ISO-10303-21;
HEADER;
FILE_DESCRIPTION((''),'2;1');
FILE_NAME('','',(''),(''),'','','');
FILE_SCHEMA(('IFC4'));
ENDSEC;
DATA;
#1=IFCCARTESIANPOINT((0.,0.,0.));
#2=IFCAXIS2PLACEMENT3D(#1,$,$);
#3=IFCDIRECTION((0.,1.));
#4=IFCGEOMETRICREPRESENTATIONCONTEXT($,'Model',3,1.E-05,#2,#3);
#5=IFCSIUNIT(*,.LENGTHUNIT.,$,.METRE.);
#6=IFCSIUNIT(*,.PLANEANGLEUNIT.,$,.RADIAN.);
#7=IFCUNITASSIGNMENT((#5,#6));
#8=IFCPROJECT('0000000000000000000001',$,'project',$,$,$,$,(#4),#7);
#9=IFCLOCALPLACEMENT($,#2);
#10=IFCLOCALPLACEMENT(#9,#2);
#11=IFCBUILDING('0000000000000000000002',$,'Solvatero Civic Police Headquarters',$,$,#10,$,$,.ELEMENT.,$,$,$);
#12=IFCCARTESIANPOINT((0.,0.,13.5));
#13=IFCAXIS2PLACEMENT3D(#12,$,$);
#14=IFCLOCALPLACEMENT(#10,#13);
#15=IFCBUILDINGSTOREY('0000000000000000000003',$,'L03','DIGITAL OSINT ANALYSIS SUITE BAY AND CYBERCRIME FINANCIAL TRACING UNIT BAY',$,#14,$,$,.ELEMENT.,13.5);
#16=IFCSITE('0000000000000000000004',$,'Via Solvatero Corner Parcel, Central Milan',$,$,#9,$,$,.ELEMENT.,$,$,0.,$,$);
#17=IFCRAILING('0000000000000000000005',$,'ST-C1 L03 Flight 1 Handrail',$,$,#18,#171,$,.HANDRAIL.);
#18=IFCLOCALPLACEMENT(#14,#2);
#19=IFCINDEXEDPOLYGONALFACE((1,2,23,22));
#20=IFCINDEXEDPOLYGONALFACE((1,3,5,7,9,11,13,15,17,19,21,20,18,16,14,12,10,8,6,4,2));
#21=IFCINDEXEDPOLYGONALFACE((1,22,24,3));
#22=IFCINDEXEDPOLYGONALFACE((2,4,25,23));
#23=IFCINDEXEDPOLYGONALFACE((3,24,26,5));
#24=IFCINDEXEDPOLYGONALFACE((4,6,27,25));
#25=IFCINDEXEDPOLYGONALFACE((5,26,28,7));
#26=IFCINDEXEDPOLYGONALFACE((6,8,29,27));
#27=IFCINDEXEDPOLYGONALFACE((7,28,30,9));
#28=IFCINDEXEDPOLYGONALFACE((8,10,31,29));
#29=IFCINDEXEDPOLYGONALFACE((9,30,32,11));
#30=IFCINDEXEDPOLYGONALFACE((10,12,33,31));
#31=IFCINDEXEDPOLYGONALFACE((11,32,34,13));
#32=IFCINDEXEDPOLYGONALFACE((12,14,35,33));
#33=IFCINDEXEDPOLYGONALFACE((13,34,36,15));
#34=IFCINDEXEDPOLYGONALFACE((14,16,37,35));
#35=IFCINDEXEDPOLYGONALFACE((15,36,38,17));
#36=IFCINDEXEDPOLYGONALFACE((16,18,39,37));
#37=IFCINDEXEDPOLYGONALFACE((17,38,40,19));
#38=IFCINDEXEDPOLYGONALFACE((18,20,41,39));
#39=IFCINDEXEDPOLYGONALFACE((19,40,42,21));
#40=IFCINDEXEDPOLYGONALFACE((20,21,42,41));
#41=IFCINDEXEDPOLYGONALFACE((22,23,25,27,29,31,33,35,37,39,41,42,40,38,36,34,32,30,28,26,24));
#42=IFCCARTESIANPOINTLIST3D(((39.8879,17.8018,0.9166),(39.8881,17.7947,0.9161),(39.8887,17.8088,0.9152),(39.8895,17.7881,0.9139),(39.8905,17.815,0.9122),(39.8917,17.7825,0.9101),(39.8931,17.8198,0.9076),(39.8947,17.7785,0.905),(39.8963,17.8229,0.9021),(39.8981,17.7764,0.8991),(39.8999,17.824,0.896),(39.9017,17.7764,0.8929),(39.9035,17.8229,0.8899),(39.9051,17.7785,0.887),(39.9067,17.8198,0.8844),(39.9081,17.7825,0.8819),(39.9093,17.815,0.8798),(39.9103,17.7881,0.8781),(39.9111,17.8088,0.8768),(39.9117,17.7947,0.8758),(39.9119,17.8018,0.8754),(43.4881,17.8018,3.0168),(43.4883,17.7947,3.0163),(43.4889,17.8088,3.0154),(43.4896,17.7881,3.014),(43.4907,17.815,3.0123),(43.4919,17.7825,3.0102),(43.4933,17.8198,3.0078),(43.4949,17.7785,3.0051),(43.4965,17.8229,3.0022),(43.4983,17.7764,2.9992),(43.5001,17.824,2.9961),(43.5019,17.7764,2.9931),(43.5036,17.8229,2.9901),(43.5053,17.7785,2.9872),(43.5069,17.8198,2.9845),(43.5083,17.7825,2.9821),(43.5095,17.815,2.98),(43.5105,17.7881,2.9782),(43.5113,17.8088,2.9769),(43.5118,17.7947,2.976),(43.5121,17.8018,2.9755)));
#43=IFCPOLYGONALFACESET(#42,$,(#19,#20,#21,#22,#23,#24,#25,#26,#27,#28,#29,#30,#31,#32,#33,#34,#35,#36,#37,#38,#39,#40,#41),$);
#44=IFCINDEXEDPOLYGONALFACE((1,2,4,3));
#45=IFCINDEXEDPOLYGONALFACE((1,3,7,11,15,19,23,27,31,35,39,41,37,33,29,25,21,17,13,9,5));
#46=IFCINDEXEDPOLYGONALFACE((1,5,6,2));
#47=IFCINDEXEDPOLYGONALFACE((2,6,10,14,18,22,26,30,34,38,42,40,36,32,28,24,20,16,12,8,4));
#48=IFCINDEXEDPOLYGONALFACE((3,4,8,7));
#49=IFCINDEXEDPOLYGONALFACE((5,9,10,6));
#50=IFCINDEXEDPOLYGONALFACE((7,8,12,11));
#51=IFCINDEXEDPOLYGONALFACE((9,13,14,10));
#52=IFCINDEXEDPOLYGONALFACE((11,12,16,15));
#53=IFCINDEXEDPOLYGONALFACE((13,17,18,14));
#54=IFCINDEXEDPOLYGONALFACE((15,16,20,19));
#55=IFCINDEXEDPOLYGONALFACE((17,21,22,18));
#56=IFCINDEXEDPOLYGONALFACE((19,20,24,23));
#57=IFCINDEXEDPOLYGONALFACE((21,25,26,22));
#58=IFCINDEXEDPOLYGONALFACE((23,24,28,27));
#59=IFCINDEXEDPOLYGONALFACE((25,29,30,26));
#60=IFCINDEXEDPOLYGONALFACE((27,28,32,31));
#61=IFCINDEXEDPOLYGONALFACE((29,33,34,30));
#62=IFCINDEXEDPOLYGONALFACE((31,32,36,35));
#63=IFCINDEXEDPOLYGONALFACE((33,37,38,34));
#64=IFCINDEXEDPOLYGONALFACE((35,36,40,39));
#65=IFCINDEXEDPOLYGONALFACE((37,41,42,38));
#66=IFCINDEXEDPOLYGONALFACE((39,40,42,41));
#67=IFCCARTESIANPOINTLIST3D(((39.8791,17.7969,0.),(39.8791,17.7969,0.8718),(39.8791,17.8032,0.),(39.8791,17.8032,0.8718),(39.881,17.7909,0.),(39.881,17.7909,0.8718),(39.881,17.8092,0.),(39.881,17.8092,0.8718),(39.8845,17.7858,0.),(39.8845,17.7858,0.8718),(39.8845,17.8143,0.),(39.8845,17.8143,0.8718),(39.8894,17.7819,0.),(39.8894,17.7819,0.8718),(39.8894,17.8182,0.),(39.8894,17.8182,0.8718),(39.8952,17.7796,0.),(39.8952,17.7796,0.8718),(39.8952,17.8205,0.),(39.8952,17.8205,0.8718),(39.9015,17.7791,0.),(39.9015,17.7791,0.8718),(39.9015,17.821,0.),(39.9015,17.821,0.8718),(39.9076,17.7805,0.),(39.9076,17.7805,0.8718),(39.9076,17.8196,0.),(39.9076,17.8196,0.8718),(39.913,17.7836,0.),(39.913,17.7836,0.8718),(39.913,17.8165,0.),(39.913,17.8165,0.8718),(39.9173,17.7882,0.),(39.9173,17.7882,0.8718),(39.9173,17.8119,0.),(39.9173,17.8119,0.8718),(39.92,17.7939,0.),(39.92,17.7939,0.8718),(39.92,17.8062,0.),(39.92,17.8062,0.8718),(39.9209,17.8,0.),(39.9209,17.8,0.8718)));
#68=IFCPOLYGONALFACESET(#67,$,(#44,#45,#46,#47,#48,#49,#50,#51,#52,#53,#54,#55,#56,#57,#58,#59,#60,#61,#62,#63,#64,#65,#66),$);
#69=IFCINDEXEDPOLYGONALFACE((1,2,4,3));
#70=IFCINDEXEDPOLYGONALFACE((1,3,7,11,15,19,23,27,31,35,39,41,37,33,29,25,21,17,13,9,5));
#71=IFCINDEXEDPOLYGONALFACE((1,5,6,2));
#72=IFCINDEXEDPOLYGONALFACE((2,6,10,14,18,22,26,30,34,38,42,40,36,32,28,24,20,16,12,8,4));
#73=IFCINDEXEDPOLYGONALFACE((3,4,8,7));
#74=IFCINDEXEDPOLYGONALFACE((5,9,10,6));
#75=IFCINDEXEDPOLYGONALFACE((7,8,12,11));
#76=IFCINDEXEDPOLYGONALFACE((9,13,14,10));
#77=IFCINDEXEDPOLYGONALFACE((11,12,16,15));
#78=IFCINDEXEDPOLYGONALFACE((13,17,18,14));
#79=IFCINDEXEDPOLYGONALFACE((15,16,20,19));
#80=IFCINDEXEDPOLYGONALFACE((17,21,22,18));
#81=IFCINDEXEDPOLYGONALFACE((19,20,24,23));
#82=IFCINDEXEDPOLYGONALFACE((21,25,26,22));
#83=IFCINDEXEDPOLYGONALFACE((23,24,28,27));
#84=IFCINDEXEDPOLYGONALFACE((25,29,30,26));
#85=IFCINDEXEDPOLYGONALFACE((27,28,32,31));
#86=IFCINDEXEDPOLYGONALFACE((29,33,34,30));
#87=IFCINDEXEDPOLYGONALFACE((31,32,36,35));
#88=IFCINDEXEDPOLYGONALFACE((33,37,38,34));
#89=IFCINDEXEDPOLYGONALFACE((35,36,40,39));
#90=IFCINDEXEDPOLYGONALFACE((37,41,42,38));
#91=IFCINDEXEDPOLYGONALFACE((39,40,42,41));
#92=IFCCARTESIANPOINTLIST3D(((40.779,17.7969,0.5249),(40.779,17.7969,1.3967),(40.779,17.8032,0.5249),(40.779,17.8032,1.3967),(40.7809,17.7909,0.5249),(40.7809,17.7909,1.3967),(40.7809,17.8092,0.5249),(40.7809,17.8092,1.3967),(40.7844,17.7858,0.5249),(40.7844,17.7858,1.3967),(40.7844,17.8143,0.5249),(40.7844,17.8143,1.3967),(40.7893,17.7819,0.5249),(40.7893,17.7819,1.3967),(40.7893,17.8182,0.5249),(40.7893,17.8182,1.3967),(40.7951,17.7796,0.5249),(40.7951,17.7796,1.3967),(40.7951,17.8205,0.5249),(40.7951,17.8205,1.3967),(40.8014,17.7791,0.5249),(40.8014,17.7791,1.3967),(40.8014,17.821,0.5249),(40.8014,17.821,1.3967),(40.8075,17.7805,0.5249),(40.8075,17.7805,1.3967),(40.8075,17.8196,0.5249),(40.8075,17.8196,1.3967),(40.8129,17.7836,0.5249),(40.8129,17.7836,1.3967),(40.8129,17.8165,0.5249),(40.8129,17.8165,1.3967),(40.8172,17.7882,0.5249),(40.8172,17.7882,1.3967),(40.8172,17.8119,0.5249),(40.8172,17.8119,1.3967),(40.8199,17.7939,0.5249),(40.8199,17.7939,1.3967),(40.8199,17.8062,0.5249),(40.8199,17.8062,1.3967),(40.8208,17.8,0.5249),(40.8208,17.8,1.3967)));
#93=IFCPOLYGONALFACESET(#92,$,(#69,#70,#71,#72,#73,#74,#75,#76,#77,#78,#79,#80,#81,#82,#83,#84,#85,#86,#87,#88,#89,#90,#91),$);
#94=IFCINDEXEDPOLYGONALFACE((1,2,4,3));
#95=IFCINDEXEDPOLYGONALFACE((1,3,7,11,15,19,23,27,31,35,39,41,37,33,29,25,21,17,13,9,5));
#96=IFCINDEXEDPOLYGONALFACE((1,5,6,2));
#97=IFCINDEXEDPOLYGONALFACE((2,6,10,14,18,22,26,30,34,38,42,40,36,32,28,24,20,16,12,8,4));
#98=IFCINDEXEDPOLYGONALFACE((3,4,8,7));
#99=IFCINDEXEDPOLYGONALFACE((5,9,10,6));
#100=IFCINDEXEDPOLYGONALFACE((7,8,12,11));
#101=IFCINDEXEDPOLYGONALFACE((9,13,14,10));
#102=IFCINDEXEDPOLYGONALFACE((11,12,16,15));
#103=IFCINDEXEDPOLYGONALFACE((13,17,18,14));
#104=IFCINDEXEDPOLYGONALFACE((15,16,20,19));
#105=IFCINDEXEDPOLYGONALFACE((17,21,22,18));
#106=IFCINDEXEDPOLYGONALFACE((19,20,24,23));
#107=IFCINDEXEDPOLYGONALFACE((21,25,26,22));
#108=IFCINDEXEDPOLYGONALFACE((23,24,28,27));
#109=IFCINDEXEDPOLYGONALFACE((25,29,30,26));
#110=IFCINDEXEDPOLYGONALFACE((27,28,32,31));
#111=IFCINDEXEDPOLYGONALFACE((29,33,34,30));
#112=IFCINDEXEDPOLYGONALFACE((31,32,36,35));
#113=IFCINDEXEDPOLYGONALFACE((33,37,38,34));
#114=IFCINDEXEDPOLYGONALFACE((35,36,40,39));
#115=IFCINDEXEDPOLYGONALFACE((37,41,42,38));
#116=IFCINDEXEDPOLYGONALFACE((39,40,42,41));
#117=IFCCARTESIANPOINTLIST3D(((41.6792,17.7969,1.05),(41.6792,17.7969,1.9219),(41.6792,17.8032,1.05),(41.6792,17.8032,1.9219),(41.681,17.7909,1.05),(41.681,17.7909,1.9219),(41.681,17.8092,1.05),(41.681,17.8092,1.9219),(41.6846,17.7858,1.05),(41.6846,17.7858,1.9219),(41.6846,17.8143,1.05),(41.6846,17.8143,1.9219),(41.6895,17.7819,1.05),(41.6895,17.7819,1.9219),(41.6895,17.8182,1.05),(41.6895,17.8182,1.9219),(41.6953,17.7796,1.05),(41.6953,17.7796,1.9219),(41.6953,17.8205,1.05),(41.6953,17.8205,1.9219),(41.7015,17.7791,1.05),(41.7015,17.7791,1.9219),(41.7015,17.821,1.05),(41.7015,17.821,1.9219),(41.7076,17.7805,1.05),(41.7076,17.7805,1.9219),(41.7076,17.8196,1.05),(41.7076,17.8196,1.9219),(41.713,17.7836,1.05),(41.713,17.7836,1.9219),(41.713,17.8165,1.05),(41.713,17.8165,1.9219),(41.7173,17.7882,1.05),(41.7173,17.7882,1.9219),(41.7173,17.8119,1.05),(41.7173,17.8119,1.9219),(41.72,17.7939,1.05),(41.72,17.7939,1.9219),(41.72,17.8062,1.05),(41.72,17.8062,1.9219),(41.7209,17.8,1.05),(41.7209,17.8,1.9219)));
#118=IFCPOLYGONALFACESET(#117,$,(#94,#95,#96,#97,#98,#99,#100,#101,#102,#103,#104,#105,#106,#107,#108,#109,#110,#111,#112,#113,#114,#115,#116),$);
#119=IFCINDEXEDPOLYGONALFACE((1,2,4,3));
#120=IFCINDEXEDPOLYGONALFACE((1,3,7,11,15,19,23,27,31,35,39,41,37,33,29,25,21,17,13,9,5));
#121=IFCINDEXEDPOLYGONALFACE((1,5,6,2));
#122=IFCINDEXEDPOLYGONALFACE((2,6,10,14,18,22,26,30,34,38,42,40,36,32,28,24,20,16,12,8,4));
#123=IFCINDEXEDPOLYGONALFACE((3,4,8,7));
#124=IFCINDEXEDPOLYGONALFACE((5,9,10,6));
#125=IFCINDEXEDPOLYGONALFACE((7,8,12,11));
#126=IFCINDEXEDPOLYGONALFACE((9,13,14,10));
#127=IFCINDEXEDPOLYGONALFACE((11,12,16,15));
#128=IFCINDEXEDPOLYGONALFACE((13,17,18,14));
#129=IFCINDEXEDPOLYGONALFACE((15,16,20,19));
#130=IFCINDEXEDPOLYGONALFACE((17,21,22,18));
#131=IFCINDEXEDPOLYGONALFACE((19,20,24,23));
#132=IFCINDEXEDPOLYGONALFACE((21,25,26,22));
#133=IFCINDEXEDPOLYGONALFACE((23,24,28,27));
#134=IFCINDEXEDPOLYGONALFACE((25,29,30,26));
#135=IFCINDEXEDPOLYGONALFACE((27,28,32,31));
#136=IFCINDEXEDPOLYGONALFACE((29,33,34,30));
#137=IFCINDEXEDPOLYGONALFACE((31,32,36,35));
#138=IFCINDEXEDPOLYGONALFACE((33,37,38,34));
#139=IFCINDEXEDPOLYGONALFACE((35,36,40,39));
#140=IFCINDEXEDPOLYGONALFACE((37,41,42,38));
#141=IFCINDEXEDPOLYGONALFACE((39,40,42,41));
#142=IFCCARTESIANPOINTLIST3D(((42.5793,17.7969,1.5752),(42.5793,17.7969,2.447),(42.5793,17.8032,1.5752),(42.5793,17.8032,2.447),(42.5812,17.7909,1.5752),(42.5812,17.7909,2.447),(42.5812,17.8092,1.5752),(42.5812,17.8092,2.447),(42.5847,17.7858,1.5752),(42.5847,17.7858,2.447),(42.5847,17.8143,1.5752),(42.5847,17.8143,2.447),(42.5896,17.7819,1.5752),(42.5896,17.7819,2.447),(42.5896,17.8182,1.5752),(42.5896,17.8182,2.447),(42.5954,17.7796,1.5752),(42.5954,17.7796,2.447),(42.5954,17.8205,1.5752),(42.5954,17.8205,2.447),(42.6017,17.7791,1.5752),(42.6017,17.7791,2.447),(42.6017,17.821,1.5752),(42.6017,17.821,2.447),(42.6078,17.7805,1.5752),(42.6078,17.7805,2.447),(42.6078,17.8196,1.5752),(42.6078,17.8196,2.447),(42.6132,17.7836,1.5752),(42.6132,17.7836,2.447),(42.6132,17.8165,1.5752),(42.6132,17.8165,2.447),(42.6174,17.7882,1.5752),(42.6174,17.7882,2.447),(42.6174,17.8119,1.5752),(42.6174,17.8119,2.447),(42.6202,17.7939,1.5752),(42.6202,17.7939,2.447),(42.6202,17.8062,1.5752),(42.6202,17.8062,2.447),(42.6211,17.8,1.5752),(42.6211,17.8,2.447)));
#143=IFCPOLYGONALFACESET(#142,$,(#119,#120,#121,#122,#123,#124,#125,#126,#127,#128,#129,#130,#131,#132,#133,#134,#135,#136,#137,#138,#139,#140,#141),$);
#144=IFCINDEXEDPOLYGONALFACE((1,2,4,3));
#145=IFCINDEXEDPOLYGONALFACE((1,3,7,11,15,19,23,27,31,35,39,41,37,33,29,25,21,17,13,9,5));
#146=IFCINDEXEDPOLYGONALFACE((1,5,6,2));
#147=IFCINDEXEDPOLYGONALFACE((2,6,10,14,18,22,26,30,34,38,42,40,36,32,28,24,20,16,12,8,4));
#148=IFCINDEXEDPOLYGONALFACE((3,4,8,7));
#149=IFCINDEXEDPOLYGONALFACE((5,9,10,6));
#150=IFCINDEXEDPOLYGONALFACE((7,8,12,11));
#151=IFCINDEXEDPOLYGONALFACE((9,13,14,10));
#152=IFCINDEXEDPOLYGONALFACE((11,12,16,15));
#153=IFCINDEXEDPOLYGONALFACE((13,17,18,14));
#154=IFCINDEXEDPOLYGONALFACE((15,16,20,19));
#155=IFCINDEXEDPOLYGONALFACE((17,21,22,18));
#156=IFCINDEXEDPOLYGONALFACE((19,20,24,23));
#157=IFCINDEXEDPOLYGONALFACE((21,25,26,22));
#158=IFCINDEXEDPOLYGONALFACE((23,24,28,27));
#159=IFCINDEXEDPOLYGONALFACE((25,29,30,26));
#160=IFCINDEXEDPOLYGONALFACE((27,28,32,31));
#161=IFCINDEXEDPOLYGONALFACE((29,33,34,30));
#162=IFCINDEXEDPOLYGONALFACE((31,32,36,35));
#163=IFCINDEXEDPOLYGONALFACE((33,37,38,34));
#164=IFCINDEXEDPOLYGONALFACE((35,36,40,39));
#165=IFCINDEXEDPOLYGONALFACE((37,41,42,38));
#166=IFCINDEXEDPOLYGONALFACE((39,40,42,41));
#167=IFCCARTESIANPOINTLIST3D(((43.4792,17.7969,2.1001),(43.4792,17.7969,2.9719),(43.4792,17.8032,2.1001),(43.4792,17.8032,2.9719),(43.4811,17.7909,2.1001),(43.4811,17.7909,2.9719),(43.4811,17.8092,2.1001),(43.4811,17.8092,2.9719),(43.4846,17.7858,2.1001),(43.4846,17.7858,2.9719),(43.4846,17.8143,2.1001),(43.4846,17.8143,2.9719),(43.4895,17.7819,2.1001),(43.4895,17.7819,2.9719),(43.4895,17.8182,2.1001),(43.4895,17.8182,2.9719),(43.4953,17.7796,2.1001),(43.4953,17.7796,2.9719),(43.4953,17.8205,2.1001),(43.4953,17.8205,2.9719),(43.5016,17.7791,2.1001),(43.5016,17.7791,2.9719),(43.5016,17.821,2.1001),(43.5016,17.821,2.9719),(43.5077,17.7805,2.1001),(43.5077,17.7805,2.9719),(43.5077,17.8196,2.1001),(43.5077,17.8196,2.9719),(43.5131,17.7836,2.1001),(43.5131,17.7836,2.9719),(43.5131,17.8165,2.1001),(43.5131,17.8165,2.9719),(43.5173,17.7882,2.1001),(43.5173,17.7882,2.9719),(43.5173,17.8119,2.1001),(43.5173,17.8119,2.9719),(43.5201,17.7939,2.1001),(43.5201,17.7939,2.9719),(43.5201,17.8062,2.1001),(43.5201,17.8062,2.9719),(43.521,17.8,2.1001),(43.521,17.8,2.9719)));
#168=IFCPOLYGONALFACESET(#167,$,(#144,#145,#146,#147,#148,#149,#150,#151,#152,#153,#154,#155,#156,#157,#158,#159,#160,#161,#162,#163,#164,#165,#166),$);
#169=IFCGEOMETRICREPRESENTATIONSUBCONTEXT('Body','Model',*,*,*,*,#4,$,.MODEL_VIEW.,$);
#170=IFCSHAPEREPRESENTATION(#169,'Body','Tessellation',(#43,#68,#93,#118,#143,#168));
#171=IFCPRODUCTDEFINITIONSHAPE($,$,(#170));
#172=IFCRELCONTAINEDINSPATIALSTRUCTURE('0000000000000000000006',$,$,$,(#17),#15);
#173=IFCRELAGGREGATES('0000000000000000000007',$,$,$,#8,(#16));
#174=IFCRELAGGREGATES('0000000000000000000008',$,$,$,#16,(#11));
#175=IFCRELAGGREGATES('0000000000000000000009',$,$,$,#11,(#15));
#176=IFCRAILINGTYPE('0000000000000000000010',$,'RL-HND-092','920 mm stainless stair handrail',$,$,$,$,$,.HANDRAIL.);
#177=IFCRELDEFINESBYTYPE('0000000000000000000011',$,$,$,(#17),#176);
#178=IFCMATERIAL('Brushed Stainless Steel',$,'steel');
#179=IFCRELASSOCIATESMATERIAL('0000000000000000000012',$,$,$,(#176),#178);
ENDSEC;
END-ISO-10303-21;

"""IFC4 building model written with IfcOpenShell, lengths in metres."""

from ifc_helpers import new_model, si_unit, direction, frame, origin, origin_2d, place, context, subcontext, project, spatial, circle, extrude, material, type_object, element, save


model = new_model("IFC4")

# Units and contexts
model_context = context("Model", 3, precision=1e-05, world=origin(), true_north=direction((0.0, 1.0)))
body_context = subcontext(model_context, "Body", "Model", "MODEL_VIEW")
ifc_project = project(units=[si_unit("LENGTHUNIT", "METRE"), si_unit("PLANEANGLEUNIT", "RADIAN")], contexts=[model_context])

# Site, building, storey
site_placement = place(None, origin())
site = spatial("IfcSite", under=ifc_project, at=site_placement, Name="Via Solvatero Corner Parcel, Central Milan", CompositionType="ELEMENT", RefElevation=0.0)
building_placement = place(site_placement, origin())
building = spatial("IfcBuilding", under=site, at=building_placement, Name="Solvatero Civic Police Headquarters", CompositionType="ELEMENT")
storey_placement = place(building_placement, frame((0.0, 0.0, 13.5)))
storey = spatial("IfcBuildingStorey", under=building, at=storey_placement, Name="L03", Description="DIGITAL OSINT ANALYSIS SUITE BAY AND CYBERCRIME FINANCIAL TRACING UNIT BAY", CompositionType="ELEMENT", Elevation=13.5)

# Railing
ifc_material_1 = material(Name="Brushed Stainless Steel", Category="steel")
railing_type_1 = type_object("IfcRailingType", Name="RL-HND-092", Description="920 mm stainless stair handrail", PredefinedType="HANDRAIL", material=ifc_material_1)
railing_1_placement = place(storey_placement, frame((39.8999, 17.8, 0.0)))
element("IfcRailing", 1, at=railing_1_placement, inside=storey, type_object=railing_type_1, Name="ST-C1 L03 Flight 1 Handrail", PredefinedType="HANDRAIL", context=body_context, shape_type="SweptSolid", body=[
    extrude(circle(Radius=0.0239, at=origin_2d()), frame((0.0, 0.0, 0.896), z_axis=(0.863775, 0.0, 0.503878), x_axis=(0.0, 1.0, 0.0)), (0.0, 0.0, 1.0), 4.168),
    extrude(circle(Radius=0.021, at=origin_2d()), origin(), (0.0, 0.0, 1.0), 0.8718),
    extrude(circle(Radius=0.021, at=origin_2d()), frame((0.8999, 0.0, 0.5249)), (0.0, 0.0, 1.0), 0.8718),
    extrude(circle(Radius=0.021, at=origin_2d()), frame((1.8, 0.0, 1.05)), (0.0, 0.0, 1.0), 0.8718),
    extrude(circle(Radius=0.021, at=origin_2d()), frame((2.7002, 0.0, 1.5752)), (0.0, 0.0, 1.0), 0.8718),
    extrude(circle(Radius=0.021, at=origin_2d()), frame((3.6001, 0.0, 2.1001)), (0.0, 0.0, 1.0), 0.8718),
])

save(model, "model.ifc")
